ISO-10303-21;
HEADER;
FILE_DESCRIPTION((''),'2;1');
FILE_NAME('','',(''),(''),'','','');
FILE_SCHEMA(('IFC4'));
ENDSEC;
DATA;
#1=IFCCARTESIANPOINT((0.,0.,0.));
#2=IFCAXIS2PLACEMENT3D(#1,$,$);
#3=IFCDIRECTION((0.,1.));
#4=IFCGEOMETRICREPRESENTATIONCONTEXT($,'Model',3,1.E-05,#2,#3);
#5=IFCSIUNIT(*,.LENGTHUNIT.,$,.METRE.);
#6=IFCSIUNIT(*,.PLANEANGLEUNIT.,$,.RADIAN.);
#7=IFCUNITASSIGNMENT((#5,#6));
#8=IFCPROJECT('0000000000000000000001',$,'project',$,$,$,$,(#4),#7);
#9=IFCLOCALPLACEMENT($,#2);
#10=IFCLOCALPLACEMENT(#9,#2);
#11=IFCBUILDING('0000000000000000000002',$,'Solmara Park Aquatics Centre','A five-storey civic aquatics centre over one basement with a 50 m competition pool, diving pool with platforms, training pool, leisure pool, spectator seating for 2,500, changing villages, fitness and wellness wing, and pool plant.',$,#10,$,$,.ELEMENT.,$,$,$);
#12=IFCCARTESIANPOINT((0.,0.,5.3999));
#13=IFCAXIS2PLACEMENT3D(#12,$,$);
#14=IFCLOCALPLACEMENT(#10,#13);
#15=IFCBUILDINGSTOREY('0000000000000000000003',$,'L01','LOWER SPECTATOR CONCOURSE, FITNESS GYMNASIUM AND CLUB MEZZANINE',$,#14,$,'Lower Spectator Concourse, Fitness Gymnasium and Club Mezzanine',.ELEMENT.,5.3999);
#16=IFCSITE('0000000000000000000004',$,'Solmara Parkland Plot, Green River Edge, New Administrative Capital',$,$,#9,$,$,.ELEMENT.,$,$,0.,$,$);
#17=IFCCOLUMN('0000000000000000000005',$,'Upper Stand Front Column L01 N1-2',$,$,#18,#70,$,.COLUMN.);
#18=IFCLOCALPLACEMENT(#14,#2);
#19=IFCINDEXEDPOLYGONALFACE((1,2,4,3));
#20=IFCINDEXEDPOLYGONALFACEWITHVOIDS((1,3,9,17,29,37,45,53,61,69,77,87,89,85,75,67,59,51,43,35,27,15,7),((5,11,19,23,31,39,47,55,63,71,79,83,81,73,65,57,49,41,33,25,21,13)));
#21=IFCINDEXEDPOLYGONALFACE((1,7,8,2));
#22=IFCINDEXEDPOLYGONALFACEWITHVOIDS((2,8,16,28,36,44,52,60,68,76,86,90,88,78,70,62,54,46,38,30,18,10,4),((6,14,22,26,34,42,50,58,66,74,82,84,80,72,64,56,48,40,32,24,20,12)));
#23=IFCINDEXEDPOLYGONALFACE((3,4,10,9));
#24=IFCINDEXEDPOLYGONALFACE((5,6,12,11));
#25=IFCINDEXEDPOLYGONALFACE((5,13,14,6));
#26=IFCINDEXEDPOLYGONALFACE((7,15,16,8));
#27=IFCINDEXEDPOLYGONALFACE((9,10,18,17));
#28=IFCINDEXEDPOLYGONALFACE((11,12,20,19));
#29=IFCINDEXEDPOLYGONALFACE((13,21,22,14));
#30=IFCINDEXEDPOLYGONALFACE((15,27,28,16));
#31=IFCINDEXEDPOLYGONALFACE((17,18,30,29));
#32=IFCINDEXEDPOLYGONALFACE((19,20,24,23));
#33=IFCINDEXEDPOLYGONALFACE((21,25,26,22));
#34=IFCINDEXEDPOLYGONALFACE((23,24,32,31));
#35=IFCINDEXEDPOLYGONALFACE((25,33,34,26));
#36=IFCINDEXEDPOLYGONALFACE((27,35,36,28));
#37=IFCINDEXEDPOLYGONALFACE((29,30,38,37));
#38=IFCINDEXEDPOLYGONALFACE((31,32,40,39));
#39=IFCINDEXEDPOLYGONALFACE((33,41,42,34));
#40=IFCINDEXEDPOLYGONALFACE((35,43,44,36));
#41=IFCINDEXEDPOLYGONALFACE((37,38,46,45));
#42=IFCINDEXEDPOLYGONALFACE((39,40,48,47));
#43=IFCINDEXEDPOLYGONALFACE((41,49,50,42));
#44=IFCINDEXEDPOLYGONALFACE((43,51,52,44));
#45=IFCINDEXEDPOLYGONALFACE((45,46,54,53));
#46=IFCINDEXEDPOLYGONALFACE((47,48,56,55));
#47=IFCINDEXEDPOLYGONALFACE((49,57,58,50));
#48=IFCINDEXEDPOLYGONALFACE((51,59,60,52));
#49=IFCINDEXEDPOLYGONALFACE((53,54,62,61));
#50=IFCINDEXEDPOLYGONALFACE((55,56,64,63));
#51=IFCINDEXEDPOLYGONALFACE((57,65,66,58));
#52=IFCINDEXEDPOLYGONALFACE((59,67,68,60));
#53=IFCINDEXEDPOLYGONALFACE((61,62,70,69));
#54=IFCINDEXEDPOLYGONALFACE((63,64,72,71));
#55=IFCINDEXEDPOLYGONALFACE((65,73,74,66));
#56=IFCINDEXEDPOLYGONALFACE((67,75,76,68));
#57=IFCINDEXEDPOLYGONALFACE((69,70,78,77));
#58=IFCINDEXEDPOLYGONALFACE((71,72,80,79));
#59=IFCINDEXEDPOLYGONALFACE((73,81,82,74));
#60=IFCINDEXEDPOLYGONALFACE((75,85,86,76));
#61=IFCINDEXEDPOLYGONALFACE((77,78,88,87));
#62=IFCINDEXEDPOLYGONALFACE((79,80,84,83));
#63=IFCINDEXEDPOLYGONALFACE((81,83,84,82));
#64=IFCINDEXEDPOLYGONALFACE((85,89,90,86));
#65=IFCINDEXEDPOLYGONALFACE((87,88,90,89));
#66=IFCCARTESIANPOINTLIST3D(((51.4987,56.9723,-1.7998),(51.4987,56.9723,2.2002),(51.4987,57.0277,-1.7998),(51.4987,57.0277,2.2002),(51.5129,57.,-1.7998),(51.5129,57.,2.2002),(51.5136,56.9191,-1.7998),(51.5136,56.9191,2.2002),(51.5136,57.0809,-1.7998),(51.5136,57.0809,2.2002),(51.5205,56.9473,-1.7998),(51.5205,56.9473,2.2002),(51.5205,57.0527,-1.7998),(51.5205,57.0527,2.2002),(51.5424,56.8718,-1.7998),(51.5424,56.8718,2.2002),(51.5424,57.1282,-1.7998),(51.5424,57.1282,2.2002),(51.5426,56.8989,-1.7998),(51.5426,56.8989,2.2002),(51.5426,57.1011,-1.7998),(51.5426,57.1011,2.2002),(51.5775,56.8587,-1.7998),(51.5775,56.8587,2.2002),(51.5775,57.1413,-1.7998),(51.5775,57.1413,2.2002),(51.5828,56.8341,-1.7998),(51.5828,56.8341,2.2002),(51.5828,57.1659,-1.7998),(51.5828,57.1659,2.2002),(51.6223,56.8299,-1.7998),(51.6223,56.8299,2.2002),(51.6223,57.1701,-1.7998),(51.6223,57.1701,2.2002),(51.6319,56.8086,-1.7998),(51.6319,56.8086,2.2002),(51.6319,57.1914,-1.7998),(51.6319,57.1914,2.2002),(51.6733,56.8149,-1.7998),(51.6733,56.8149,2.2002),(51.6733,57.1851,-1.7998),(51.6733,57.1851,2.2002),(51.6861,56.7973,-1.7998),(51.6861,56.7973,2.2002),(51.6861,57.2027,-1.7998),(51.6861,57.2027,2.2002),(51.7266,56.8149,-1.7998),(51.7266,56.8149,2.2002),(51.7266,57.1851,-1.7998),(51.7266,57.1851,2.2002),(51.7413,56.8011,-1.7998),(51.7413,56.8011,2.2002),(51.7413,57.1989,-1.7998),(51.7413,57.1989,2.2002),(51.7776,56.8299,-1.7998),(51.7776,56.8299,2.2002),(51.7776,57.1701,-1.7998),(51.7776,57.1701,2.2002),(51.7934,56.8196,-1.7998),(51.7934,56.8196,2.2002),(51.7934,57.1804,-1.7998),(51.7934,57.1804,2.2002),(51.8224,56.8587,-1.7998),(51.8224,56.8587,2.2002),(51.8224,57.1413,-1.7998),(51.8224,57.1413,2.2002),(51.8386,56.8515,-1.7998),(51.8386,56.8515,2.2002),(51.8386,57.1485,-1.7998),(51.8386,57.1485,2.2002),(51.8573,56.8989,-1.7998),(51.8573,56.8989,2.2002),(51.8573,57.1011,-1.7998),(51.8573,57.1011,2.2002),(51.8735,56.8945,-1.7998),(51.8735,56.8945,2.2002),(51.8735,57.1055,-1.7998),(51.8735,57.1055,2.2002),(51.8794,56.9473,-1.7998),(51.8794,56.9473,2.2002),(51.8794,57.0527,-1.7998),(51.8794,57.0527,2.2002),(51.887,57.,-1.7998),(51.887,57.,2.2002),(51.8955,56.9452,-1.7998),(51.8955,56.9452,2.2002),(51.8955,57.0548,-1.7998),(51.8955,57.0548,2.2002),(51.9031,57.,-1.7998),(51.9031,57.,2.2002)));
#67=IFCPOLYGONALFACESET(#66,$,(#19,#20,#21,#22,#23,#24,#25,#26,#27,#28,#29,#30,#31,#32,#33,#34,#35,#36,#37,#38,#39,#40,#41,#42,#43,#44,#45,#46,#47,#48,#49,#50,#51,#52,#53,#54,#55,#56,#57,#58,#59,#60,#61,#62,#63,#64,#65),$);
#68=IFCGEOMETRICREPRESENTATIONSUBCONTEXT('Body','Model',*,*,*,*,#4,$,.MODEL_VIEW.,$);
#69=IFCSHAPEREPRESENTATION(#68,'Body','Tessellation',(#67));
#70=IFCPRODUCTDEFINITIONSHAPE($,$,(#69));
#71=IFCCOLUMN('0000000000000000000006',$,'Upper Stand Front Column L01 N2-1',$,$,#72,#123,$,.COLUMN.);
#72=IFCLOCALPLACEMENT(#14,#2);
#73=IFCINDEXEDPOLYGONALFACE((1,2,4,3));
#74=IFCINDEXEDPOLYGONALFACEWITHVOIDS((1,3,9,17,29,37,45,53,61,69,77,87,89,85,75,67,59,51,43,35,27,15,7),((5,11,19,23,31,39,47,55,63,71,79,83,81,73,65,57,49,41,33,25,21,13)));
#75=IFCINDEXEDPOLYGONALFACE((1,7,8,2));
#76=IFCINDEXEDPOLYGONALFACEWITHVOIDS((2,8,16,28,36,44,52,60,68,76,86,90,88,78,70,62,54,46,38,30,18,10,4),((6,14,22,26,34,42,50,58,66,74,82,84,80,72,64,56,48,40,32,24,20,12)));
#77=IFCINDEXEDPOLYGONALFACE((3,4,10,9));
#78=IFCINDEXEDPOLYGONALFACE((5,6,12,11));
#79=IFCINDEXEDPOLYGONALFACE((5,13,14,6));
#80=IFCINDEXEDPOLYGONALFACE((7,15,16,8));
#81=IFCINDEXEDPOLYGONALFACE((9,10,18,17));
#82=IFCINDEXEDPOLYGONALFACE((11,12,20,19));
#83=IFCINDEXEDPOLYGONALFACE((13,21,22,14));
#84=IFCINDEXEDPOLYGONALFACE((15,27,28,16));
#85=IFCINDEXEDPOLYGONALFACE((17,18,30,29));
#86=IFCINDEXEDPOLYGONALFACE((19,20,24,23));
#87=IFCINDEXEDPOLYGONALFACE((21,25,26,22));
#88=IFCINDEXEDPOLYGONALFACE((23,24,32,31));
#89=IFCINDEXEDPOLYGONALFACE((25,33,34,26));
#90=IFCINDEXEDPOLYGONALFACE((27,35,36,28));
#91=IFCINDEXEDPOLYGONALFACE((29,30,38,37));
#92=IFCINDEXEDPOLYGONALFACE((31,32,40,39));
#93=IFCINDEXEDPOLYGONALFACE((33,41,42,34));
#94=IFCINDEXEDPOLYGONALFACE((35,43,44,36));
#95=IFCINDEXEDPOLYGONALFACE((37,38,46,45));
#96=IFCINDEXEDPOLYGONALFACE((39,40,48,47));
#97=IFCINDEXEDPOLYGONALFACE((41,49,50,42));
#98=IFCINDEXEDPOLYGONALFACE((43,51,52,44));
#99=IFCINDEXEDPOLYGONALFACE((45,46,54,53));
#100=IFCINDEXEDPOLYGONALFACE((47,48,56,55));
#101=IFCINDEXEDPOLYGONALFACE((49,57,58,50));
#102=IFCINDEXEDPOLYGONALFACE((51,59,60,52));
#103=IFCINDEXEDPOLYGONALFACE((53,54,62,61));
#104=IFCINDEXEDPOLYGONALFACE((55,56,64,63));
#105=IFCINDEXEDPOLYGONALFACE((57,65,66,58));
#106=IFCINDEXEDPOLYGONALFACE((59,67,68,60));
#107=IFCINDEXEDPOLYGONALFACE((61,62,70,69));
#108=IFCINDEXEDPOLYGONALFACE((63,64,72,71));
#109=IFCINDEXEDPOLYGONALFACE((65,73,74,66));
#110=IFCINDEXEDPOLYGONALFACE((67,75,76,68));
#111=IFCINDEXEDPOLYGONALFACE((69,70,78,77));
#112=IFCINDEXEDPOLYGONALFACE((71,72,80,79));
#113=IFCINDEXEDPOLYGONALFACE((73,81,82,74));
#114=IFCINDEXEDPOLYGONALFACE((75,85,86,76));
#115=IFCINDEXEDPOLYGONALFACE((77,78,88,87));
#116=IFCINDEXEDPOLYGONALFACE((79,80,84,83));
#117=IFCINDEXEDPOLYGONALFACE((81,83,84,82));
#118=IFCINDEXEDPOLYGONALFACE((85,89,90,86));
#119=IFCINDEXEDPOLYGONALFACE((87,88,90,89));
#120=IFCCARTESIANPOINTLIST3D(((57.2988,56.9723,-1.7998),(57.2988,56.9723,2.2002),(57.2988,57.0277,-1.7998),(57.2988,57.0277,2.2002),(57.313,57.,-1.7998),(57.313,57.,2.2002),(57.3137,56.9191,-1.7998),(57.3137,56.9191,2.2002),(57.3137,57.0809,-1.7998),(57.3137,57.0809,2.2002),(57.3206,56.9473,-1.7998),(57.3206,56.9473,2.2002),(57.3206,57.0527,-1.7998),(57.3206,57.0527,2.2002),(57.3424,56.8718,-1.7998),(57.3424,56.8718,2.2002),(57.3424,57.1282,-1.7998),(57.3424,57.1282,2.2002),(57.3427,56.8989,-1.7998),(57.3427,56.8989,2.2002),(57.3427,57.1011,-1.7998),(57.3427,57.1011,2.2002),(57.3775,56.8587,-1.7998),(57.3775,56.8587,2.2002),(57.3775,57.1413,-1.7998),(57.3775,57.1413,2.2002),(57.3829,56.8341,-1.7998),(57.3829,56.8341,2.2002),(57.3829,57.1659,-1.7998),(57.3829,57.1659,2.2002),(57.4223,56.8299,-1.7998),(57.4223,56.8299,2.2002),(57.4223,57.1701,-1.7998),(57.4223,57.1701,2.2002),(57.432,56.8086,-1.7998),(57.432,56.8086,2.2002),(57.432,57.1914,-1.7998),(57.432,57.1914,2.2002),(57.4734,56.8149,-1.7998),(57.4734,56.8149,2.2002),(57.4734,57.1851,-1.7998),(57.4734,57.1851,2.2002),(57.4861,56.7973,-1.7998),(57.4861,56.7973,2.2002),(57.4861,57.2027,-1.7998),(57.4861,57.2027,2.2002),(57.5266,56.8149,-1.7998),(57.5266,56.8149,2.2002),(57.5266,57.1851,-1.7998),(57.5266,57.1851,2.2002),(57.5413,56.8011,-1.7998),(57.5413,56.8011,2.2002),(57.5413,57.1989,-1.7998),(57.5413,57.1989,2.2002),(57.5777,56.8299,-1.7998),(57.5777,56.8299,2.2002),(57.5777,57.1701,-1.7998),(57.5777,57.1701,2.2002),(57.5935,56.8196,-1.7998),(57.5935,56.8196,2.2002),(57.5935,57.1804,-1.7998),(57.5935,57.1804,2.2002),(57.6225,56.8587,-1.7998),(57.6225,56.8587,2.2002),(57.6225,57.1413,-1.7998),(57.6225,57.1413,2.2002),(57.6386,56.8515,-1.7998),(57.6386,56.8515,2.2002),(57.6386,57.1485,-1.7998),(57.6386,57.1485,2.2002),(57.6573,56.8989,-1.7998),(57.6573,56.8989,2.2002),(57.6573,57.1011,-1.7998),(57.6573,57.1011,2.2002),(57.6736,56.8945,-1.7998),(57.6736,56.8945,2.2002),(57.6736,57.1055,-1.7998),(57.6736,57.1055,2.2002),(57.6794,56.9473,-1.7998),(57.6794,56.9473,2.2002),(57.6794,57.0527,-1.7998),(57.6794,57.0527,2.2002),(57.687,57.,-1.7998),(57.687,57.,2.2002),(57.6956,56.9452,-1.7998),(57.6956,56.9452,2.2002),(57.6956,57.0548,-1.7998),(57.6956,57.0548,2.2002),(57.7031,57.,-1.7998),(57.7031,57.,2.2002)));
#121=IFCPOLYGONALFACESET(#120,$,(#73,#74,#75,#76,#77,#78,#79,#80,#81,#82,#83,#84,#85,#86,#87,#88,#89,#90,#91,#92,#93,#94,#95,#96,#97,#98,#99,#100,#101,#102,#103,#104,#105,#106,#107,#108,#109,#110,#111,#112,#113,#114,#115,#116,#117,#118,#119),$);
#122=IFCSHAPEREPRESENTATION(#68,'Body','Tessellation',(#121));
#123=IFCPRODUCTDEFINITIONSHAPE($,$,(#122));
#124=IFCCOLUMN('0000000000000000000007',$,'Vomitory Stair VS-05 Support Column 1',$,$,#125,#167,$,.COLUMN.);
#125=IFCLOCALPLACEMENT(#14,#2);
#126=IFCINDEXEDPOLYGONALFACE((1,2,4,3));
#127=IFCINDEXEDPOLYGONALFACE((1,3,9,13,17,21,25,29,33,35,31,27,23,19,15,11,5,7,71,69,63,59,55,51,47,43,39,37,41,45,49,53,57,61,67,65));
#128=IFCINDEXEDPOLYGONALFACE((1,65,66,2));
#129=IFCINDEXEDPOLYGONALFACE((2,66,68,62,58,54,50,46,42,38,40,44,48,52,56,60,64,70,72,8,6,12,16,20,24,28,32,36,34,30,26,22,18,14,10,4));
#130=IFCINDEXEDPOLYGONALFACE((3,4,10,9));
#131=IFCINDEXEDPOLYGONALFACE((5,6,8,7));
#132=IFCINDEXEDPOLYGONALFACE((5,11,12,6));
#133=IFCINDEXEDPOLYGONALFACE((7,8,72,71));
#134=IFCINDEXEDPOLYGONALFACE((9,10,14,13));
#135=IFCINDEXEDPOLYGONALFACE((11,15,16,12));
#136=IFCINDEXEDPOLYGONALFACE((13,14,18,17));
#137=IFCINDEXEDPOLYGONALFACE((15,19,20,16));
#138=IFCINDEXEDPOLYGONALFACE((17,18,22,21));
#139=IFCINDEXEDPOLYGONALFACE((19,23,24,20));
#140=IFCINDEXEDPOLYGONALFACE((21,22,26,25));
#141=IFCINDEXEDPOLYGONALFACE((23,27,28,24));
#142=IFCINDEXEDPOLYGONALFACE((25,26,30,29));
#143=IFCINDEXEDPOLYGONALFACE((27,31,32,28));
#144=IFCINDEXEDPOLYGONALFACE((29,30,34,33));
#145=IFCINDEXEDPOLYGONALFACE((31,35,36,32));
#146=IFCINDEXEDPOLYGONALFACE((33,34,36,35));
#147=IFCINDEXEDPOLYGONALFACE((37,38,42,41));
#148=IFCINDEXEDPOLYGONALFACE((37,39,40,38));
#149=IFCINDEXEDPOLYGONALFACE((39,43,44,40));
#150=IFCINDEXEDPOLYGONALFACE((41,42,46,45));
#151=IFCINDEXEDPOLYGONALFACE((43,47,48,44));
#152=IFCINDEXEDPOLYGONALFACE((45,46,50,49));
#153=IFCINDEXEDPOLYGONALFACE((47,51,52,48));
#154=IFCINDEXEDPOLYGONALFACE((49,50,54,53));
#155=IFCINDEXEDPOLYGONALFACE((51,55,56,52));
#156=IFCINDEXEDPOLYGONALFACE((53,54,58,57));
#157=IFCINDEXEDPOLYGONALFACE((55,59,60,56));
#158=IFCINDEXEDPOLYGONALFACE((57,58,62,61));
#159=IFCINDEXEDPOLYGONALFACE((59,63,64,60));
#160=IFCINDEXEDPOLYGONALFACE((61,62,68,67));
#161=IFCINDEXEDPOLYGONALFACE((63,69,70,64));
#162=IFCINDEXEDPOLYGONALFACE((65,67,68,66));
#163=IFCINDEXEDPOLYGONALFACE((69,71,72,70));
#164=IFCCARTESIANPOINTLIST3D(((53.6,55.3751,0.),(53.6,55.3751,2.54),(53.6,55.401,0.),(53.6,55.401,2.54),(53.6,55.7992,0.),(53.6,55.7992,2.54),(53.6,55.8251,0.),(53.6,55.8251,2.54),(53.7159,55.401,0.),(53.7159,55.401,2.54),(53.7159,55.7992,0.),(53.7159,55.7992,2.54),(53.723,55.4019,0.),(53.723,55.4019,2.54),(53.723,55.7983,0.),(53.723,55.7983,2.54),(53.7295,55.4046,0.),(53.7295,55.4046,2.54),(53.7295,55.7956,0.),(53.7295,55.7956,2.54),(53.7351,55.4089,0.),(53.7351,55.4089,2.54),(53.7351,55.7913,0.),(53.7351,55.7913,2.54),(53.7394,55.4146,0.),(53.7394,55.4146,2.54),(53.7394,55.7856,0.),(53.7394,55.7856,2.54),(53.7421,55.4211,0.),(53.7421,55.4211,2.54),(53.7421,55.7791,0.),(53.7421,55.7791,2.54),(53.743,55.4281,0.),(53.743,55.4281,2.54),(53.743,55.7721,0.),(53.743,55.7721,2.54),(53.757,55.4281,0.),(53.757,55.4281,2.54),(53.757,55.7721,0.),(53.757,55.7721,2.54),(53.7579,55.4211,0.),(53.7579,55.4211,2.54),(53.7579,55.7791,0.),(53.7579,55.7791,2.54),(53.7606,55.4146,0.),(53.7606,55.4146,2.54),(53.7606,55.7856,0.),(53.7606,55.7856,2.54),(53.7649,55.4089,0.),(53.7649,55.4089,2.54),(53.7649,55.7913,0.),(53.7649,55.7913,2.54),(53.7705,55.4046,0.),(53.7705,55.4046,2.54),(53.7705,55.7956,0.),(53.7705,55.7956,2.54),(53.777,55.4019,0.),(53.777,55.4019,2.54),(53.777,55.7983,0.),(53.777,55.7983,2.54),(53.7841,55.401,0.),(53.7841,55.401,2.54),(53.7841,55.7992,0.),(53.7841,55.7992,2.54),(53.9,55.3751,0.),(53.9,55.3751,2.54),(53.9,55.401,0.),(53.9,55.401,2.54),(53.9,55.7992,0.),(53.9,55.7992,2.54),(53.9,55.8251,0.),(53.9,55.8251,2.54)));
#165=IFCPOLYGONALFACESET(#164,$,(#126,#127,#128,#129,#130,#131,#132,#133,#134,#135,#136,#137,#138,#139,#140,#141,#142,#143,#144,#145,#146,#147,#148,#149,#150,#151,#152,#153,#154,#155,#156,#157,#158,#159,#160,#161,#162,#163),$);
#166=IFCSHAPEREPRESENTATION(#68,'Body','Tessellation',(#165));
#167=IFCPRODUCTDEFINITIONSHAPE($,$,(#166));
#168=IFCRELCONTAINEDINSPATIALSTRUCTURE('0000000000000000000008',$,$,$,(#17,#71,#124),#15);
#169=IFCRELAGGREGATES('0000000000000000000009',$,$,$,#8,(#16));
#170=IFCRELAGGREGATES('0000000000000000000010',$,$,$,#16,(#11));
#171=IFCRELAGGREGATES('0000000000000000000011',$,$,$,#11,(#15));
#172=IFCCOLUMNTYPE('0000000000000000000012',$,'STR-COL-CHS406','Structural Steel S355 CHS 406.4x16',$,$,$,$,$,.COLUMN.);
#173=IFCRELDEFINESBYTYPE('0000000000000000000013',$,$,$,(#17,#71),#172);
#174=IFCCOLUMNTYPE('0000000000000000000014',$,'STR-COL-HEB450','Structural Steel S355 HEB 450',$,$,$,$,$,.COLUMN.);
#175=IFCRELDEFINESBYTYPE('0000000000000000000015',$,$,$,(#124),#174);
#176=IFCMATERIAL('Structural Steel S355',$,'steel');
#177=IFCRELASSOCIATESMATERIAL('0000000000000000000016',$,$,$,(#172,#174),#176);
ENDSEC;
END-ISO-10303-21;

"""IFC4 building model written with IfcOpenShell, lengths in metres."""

from ifc_helpers import new_model, si_unit, direction, frame, origin, origin_2d, place, context, subcontext, project, spatial, hollow_circle, i_section, extrude, material, material_profile, profile_set, type_object, element, save


model = new_model("IFC4")

# Units and contexts
model_context = context("Model", 3, precision=1e-05, world=origin(), true_north=direction((0.0, 1.0)))
body_context = subcontext(model_context, "Body", "Model", "MODEL_VIEW")
ifc_project = project(units=[si_unit("LENGTHUNIT", "METRE"), si_unit("PLANEANGLEUNIT", "RADIAN")], contexts=[model_context])

# Site, building, storey
site_placement = place(None, origin())
site = spatial("IfcSite", under=ifc_project, at=site_placement, Name="Solmara Parkland Plot, Green River Edge, New Administrative Capital", CompositionType="ELEMENT", RefElevation=0.0)
building_placement = place(site_placement, origin())
building = spatial("IfcBuilding", under=site, at=building_placement, Name="Solmara Park Aquatics Centre", Description="A five-storey civic aquatics centre over one basement with a 50 m competition pool, diving pool with platforms, training pool, leisure pool, spectator seating for 2,500, changing villages, fitness and wellness wing, and pool plant.", CompositionType="ELEMENT")
storey_placement = place(building_placement, frame((0.0, 0.0, 5.3999)))
storey = spatial("IfcBuildingStorey", under=building, at=storey_placement, Name="L01", Description="LOWER SPECTATOR CONCOURSE, FITNESS GYMNASIUM AND CLUB MEZZANINE", LongName="Lower Spectator Concourse, Fitness Gymnasium and Club Mezzanine", CompositionType="ELEMENT", Elevation=5.3999)

# Columns
ifc_material_1 = material(Name="Structural Steel S355", Category="steel")
ifc_material_profile_1 = material_profile(ifc_material_1, hollow_circle(Radius=0.2031, WallThickness=0.0161, at=origin_2d()), Name="CHS 406.4x16")
ifc_profile_set_1 = profile_set([ifc_material_profile_1], Name="Structural Steel S355")
column_type_1 = type_object("IfcColumnType", Name="STR-COL-CHS406", Description="Structural Steel S355 CHS 406.4x16", PredefinedType="COLUMN", material=ifc_profile_set_1)
for number, where, z_axis, x_axis, name in (
    (1, (51.7, 57.0, -1.7998), (0.0, 0.0, 1.0), (1.0, 0.0, 0.0), "Upper Stand Front Column L01 N1-2"),
    (2, (57.5, 57.0, -1.7998), (0.0, 0.0, 1.0), (1.0, 0.0, 0.0), "Upper Stand Front Column L01 N2-1"),
):
    element("IfcColumn", number, at=place(storey_placement, frame(where, z_axis=z_axis, x_axis=x_axis)), inside=storey, type_object=column_type_1, Name=name, PredefinedType="COLUMN", context=body_context, shape_type="SweptSolid", body=[
        extrude(hollow_circle(Radius=0.2031, WallThickness=0.0161, at=origin_2d()), origin(), (0.0, 0.0, 1.0), 4.0),
    ])
ifc_material_profile_2 = material_profile(ifc_material_1, i_section(OverallWidth=0.3, OverallDepth=0.45, WebThickness=0.0139, FlangeThickness=0.0259, FilletRadius=0.0271, at=origin_2d()), Name="HEB 450")
ifc_profile_set_2 = profile_set([ifc_material_profile_2], Name="Structural Steel S355")
column_type_2 = type_object("IfcColumnType", Name="STR-COL-HEB450", Description="Structural Steel S355 HEB 450", PredefinedType="COLUMN", material=ifc_profile_set_2)
for number, where, z_axis, x_axis, name in (
    (3, (53.75, 55.6001, 0.0), (0.0, 0.0, 1.0), (1.0, 0.0, 0.0), "Vomitory Stair VS-05 Support Column 1"),
):
    element("IfcColumn", number, at=place(storey_placement, frame(where, z_axis=z_axis, x_axis=x_axis)), inside=storey, type_object=column_type_2, Name=name, PredefinedType="COLUMN", context=body_context, shape_type="SweptSolid", body=[
        extrude(i_section(OverallWidth=0.3, OverallDepth=0.45, WebThickness=0.0139, FlangeThickness=0.0259, FilletRadius=0.0271, at=origin_2d()), origin(), (0.0, 0.0, 1.0), 2.54),
    ])

save(model, "model.ifc")
